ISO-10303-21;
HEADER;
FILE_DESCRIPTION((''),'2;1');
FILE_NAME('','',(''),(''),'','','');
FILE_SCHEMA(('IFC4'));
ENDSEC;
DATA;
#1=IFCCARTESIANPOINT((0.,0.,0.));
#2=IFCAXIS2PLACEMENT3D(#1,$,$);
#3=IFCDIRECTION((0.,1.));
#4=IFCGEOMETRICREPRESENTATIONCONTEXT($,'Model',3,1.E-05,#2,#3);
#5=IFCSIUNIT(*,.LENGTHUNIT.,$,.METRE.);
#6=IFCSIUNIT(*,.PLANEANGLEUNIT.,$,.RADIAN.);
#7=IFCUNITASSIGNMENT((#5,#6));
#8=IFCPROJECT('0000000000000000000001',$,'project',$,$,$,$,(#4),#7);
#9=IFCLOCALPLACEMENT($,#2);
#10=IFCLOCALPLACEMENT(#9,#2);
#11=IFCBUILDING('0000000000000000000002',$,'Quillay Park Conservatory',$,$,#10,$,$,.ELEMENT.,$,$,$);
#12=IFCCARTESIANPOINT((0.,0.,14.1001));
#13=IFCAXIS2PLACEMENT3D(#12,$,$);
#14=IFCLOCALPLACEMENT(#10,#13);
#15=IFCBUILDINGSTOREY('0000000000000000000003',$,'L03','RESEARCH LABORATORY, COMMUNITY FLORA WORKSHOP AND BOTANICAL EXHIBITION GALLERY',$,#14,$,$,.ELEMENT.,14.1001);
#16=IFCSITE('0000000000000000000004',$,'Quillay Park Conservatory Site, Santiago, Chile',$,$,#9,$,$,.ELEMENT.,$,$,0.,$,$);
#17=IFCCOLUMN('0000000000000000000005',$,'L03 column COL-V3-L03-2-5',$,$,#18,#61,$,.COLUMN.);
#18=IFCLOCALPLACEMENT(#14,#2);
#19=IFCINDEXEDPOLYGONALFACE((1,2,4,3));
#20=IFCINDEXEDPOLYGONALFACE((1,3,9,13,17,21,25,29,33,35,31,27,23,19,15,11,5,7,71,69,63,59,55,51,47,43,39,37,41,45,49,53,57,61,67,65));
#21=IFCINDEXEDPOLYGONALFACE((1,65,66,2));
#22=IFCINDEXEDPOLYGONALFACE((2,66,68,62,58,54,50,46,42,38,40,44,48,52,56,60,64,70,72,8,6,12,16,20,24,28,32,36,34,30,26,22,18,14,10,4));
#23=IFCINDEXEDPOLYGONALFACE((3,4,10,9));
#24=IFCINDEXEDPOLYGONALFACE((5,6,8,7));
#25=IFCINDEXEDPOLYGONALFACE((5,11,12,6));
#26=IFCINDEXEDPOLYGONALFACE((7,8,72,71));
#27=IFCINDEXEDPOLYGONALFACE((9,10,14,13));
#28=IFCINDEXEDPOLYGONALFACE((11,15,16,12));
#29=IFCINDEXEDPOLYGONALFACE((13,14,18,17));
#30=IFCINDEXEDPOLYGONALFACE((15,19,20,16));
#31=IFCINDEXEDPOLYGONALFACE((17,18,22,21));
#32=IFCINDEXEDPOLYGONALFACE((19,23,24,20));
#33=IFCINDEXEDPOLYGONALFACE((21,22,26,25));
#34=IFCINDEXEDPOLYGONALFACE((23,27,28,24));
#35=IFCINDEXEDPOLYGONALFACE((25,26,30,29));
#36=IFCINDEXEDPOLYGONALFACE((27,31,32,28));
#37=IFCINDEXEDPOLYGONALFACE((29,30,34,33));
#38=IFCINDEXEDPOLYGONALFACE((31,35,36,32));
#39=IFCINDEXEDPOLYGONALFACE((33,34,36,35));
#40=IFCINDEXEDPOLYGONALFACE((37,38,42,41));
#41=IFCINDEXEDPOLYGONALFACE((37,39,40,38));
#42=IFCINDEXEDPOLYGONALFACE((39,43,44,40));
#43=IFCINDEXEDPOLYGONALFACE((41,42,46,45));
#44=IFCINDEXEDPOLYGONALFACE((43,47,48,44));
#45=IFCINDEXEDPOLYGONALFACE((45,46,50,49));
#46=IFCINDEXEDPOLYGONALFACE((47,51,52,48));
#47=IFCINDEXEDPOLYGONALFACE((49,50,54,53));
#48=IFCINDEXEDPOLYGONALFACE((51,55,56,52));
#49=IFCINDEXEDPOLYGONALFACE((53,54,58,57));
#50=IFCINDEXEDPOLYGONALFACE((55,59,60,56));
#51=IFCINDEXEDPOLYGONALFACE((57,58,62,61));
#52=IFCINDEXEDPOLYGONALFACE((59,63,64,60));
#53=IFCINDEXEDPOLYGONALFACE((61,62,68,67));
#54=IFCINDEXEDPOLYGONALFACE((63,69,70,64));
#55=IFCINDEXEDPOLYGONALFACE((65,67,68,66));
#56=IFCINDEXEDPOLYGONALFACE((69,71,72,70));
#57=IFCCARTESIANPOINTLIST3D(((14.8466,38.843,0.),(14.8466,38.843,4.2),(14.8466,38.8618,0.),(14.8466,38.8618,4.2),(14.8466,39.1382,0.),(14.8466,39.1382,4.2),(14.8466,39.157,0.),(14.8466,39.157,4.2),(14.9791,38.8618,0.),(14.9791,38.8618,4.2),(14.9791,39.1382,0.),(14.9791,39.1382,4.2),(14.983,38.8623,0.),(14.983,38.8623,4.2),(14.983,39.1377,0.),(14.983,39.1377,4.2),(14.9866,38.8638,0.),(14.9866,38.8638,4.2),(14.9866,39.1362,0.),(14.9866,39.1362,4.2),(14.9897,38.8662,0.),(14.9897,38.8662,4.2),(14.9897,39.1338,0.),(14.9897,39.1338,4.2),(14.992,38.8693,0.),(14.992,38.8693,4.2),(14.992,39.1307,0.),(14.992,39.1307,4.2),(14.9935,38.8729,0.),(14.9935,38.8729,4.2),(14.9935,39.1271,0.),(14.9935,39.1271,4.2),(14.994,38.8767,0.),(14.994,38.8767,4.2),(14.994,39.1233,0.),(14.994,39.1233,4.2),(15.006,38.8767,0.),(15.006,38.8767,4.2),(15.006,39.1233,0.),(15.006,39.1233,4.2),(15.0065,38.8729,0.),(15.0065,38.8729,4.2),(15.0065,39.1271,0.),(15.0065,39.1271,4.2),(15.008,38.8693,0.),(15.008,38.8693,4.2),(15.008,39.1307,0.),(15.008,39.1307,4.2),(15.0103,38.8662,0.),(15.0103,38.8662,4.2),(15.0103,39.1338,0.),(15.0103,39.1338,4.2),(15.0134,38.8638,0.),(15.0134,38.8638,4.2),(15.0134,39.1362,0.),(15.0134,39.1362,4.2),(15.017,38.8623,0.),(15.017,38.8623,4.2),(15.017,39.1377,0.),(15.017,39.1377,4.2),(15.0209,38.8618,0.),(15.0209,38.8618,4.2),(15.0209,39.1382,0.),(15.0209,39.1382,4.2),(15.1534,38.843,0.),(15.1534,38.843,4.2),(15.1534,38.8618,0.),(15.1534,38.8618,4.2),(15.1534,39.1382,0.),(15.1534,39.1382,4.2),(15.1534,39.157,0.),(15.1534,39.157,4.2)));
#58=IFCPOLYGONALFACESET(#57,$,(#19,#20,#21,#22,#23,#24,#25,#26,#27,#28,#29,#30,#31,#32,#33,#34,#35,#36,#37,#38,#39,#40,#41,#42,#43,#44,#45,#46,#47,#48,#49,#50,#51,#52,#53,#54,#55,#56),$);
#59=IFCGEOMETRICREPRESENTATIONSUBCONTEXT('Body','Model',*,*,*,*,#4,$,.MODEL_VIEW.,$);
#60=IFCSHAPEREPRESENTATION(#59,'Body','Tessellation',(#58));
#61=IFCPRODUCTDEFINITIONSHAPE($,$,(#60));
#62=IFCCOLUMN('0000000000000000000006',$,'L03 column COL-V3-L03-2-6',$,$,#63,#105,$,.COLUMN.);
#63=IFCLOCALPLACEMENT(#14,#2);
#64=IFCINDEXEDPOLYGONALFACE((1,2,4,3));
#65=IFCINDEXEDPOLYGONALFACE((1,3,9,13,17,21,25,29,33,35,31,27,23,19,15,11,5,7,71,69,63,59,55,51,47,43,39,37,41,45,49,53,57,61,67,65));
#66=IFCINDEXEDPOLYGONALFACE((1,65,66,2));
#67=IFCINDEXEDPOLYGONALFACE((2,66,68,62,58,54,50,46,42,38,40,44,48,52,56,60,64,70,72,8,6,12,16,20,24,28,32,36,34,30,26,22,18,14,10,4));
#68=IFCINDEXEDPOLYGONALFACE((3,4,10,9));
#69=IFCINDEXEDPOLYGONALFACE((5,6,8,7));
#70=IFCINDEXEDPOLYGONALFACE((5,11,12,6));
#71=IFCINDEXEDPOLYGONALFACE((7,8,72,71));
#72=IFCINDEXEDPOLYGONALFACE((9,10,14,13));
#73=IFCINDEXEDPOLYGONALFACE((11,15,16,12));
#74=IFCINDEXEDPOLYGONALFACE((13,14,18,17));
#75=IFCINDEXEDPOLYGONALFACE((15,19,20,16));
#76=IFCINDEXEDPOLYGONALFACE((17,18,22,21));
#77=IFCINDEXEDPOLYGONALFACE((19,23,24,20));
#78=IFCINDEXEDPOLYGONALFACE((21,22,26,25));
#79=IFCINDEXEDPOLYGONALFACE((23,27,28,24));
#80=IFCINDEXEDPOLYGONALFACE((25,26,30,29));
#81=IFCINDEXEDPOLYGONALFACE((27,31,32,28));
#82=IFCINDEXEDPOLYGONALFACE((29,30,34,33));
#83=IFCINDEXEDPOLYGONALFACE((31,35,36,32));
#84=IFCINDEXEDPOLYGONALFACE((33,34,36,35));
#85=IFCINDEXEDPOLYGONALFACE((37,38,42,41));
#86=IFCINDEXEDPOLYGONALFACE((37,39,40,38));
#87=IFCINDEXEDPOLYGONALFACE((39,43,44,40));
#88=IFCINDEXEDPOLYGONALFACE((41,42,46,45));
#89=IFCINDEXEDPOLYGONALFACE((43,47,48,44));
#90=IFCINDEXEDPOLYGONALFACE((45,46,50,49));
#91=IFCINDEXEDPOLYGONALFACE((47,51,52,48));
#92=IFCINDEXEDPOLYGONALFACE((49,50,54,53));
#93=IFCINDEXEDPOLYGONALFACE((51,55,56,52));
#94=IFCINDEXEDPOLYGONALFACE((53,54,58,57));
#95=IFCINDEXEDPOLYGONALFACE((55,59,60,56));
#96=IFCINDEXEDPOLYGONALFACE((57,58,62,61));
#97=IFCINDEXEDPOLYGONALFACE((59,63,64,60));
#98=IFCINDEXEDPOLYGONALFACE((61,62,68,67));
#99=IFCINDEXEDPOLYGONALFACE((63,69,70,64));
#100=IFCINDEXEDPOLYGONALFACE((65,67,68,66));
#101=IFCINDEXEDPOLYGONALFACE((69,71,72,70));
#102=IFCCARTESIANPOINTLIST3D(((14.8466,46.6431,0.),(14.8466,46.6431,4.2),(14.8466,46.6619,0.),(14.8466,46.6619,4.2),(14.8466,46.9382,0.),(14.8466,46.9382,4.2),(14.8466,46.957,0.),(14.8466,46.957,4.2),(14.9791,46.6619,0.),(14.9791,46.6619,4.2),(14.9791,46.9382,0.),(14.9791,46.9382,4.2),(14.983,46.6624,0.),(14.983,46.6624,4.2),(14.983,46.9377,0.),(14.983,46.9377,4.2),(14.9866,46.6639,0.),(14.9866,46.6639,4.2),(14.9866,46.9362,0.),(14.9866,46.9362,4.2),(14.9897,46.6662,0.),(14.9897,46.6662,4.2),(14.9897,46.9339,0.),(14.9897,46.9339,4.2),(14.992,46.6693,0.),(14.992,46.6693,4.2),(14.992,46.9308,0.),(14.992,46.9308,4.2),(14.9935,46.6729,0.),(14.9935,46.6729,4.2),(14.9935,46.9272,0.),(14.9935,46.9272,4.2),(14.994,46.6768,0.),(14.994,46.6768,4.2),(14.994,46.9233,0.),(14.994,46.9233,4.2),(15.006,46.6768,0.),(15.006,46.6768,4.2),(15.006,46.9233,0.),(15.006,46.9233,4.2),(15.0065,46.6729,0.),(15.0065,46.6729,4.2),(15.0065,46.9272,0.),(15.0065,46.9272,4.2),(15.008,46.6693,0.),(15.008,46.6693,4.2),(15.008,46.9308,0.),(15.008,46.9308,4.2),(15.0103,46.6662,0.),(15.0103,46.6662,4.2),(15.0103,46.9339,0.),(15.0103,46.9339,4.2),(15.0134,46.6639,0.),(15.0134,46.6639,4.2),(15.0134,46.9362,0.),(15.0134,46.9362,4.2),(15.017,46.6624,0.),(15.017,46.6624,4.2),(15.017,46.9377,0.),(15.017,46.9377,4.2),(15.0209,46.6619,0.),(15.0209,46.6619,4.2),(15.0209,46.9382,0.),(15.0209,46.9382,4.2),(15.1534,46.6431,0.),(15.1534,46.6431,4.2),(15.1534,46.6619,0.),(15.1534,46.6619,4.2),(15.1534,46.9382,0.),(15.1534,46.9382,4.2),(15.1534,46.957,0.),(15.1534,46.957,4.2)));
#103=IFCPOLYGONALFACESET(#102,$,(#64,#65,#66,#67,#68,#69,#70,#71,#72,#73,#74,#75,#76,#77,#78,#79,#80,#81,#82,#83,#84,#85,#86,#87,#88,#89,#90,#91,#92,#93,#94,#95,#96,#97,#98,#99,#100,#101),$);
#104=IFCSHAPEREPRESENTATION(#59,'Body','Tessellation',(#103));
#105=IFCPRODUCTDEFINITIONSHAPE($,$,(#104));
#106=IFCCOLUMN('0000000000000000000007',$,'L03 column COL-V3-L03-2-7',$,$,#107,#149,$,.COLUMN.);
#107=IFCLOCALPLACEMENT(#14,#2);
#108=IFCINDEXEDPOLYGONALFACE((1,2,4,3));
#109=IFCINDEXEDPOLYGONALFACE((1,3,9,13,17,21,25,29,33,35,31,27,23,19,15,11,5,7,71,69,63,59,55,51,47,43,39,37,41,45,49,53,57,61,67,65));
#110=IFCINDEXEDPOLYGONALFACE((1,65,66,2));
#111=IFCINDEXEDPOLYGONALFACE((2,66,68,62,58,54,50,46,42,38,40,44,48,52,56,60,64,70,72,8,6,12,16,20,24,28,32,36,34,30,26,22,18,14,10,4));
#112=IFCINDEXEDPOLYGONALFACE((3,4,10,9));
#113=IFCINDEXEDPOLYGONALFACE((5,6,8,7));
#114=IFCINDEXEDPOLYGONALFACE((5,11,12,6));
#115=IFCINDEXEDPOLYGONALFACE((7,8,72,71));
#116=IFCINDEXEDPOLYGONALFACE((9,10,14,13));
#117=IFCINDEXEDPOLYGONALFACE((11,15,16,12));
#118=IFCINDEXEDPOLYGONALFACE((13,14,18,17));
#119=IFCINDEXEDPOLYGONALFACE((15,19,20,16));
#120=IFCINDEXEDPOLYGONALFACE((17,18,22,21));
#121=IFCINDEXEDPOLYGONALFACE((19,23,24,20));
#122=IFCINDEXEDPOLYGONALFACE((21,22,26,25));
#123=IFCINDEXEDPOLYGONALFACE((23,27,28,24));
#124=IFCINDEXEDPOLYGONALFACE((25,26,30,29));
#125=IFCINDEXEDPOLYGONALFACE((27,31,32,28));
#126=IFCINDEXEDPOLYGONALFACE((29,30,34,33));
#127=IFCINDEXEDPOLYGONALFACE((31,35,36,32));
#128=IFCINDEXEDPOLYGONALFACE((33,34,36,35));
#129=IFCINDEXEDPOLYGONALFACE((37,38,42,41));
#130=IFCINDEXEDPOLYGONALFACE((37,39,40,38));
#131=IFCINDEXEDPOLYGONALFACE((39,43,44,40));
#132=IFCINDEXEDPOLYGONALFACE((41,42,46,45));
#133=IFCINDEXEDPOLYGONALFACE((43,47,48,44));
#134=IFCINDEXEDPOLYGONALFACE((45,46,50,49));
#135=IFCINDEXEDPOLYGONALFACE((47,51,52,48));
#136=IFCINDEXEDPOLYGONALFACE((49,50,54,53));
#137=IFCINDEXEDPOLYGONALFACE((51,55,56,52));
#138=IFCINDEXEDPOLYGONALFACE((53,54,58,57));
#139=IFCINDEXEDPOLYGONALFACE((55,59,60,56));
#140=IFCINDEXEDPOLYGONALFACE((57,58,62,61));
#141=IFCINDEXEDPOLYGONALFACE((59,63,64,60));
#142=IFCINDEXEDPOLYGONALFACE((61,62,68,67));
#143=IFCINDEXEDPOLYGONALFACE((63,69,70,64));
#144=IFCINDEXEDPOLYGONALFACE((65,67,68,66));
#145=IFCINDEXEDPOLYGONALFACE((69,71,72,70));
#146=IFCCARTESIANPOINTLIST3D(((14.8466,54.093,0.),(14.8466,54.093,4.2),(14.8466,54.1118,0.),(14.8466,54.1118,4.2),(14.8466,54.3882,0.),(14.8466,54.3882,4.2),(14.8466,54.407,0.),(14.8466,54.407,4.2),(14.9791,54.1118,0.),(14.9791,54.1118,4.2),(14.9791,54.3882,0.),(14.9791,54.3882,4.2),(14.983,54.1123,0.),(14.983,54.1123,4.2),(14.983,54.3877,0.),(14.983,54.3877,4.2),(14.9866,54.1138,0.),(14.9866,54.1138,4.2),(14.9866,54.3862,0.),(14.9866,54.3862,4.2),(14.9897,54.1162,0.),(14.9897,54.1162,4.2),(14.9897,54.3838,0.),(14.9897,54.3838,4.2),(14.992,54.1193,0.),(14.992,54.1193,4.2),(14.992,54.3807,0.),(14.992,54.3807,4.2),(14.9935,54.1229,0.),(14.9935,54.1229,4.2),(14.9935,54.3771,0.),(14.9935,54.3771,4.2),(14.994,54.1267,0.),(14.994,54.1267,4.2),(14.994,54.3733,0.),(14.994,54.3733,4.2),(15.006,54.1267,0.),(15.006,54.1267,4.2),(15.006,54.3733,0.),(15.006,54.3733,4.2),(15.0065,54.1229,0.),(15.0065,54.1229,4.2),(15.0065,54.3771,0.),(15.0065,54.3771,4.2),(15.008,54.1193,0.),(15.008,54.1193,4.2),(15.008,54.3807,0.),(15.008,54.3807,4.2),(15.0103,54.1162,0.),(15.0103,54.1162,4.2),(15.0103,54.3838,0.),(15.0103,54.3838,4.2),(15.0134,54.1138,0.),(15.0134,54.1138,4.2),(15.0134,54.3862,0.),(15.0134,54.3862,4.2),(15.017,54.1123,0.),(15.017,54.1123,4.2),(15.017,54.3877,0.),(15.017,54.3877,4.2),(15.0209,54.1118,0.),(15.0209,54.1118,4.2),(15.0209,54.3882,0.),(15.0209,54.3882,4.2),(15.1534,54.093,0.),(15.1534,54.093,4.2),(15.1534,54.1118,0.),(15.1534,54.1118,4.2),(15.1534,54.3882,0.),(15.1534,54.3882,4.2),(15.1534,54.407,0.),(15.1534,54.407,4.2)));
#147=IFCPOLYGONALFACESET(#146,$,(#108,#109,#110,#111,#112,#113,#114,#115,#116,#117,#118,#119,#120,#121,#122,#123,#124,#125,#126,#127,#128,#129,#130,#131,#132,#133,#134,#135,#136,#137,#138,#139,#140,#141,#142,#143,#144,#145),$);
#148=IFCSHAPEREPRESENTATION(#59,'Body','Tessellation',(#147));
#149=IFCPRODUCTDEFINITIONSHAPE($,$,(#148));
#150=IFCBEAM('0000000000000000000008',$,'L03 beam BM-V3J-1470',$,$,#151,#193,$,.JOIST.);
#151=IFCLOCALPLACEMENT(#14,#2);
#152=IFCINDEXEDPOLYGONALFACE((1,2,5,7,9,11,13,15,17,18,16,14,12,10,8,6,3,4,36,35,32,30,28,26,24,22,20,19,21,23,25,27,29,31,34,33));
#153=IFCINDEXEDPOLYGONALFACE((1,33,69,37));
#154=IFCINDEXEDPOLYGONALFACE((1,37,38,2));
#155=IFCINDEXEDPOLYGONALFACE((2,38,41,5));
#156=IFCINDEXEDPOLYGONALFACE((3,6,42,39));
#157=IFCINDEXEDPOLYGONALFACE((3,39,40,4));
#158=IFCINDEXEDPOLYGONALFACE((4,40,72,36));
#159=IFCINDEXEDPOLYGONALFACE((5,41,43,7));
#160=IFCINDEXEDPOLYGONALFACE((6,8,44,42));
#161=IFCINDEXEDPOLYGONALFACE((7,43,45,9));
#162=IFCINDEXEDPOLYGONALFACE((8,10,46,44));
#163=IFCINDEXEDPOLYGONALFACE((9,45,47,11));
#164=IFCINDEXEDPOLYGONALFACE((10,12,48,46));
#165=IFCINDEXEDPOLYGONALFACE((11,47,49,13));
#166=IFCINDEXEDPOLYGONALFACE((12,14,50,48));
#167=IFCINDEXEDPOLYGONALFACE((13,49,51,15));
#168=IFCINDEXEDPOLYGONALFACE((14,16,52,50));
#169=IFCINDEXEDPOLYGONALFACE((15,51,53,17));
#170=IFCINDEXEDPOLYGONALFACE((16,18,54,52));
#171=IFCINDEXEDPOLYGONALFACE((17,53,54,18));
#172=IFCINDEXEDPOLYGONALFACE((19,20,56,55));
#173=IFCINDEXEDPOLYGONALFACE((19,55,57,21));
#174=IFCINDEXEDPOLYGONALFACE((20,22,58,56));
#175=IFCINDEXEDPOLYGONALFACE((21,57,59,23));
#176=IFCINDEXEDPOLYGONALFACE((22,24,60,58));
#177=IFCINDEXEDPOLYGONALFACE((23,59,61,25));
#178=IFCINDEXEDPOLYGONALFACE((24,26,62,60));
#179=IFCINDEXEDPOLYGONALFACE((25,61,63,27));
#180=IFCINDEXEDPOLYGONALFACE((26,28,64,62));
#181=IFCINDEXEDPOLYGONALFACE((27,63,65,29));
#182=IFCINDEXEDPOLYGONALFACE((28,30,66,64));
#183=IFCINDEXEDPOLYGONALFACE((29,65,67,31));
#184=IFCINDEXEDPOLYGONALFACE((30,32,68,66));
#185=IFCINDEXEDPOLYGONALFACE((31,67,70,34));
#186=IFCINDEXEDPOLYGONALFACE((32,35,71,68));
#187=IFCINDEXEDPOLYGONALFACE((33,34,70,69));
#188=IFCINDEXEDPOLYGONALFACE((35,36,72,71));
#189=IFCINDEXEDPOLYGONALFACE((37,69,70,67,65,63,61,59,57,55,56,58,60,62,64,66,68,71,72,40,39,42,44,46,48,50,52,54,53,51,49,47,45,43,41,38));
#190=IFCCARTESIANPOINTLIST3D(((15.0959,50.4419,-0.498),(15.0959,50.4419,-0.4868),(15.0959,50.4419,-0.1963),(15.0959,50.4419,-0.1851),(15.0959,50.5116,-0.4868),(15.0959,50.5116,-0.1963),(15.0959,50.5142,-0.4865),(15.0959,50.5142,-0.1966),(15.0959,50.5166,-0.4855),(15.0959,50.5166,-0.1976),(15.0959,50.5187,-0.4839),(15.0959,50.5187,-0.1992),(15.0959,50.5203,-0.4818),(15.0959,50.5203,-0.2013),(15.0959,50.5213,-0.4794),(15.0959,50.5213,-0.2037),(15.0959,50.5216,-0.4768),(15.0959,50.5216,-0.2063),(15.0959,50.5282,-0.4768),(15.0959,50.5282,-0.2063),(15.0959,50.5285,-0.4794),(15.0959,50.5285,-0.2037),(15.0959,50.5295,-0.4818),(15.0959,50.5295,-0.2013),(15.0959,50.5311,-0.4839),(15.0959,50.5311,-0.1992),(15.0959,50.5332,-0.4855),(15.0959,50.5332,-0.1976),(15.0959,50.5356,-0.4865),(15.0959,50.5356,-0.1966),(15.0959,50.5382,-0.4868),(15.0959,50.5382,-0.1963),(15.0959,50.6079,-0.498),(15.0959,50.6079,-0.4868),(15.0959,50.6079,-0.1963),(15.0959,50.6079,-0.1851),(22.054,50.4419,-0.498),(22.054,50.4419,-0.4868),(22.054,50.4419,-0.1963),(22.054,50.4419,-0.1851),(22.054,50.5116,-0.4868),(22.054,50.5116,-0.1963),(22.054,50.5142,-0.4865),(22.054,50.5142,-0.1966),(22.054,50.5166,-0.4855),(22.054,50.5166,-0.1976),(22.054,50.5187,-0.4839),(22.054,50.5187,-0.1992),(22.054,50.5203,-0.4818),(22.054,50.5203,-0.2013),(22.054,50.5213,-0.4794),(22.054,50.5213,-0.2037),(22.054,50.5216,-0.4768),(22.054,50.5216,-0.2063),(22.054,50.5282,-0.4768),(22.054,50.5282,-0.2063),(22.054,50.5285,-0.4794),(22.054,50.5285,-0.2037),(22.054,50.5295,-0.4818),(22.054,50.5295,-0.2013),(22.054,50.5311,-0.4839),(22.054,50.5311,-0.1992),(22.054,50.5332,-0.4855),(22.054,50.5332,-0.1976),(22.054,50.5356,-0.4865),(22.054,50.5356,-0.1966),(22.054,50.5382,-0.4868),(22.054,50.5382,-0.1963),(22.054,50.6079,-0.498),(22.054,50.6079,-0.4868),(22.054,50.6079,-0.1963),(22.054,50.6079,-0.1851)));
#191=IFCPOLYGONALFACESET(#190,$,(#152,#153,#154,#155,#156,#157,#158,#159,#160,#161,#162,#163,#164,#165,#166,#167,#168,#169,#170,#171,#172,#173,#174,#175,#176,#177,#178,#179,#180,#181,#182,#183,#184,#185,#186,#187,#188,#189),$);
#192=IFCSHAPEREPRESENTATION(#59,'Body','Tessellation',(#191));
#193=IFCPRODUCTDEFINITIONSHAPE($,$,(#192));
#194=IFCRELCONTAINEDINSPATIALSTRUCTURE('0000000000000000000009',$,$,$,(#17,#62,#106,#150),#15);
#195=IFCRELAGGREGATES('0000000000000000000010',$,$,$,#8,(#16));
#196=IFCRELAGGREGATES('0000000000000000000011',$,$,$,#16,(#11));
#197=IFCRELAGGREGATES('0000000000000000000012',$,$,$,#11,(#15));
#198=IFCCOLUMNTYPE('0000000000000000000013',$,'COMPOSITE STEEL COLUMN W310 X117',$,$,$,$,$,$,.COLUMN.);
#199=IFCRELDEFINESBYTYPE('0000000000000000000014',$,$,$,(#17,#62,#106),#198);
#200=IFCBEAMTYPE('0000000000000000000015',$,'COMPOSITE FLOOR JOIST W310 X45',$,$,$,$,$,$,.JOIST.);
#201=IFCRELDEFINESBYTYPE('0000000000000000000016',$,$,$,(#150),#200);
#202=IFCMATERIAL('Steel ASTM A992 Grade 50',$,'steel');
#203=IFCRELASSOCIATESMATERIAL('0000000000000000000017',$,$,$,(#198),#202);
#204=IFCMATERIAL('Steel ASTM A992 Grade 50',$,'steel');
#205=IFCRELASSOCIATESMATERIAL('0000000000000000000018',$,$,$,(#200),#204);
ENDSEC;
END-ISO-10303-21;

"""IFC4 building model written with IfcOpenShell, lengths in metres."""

from ifc_helpers import new_model, si_unit, direction, frame, origin, origin_2d, place, context, subcontext, project, spatial, i_section, extrude, material, material_profile, profile_set, type_object, element, save


model = new_model("IFC4")

# Units and contexts
model_context = context("Model", 3, precision=1e-05, world=origin(), true_north=direction((0.0, 1.0)))
body_context = subcontext(model_context, "Body", "Model", "MODEL_VIEW")
ifc_project = project(units=[si_unit("LENGTHUNIT", "METRE"), si_unit("PLANEANGLEUNIT", "RADIAN")], contexts=[model_context])

# Site, building, storey
site_placement = place(None, origin())
site = spatial("IfcSite", under=ifc_project, at=site_placement, Name="Quillay Park Conservatory Site, Santiago, Chile", CompositionType="ELEMENT", RefElevation=0.0)
building_placement = place(site_placement, origin())
building = spatial("IfcBuilding", under=site, at=building_placement, Name="Quillay Park Conservatory", CompositionType="ELEMENT")
storey_placement = place(building_placement, frame((0.0, 0.0, 14.1001)))
storey = spatial("IfcBuildingStorey", under=building, at=storey_placement, Name="L03", Description="RESEARCH LABORATORY, COMMUNITY FLORA WORKSHOP AND BOTANICAL EXHIBITION GALLERY", CompositionType="ELEMENT", Elevation=14.1001)

# Columns
ifc_material_1 = material(Name="Steel ASTM A992 Grade 50", Category="steel")
ifc_material_profile_1 = material_profile(ifc_material_1, i_section(OverallWidth=0.3069, OverallDepth=0.314, WebThickness=0.012, FlangeThickness=0.0188, FilletRadius=0.0149, at=origin_2d()), Name="W310x117")
ifc_profile_set_1 = profile_set([ifc_material_profile_1], Name="Steel ASTM A992 Grade 50")
column_type = type_object("IfcColumnType", Name="COMPOSITE STEEL COLUMN W310 X117", PredefinedType="COLUMN", material=ifc_profile_set_1)
for number, where, z_axis, x_axis, name in (
    (1, (15.0, 39.0, 0.0), (0.0, 0.0, 1.0), (1.0, 0.0, 0.0), "L03 column COL-V3-L03-2-5"),
    (2, (15.0, 46.8, 0.0), (0.0, 0.0, 1.0), (1.0, 0.0, 0.0), "L03 column COL-V3-L03-2-6"),
    (3, (15.0, 54.25, 0.0), (0.0, 0.0, 1.0), (1.0, 0.0, 0.0), "L03 column COL-V3-L03-2-7"),
):
    element("IfcColumn", number, at=place(storey_placement, frame(where, z_axis=z_axis, x_axis=x_axis)), inside=storey, type_object=column_type, Name=name, PredefinedType="COLUMN", context=body_context, shape_type="SweptSolid", body=[
        extrude(i_section(OverallWidth=0.3069, OverallDepth=0.314, WebThickness=0.012, FlangeThickness=0.0188, FilletRadius=0.0149, at=origin_2d()), origin(), (0.0, 0.0, 1.0), 4.2),
    ])

# Beam
ifc_material_2 = material(Name="Steel ASTM A992 Grade 50", Category="steel")
ifc_material_profile_2 = material_profile(ifc_material_2, i_section(OverallWidth=0.166, OverallDepth=0.313, WebThickness=0.0066, FlangeThickness=0.0112, FilletRadius=0.01, at=origin_2d()), Name="W310x45")
ifc_profile_set_2 = profile_set([ifc_material_profile_2], Name="Steel ASTM A992 Grade 50")
beam_type_1 = type_object("IfcBeamType", Name="COMPOSITE FLOOR JOIST W310 X45", PredefinedType="JOIST", material=ifc_profile_set_2)
beam_1_placement = place(storey_placement, frame((15.0959, 50.5249, -0.3416), z_axis=(1.0, 0.0, 0.0), x_axis=(0.0, 1.0, 0.0)))
element("IfcBeam", 4, at=beam_1_placement, inside=storey, type_object=beam_type_1, Name="L03 beam BM-V3J-1470", PredefinedType="JOIST", context=body_context, shape_type="SweptSolid", body=[
    extrude(i_section(OverallWidth=0.166, OverallDepth=0.313, WebThickness=0.0066, FlangeThickness=0.0112, FilletRadius=0.01, at=origin_2d()), origin(), (0.0, 0.0, 1.0), 6.958),
])

save(model, "model.ifc")
